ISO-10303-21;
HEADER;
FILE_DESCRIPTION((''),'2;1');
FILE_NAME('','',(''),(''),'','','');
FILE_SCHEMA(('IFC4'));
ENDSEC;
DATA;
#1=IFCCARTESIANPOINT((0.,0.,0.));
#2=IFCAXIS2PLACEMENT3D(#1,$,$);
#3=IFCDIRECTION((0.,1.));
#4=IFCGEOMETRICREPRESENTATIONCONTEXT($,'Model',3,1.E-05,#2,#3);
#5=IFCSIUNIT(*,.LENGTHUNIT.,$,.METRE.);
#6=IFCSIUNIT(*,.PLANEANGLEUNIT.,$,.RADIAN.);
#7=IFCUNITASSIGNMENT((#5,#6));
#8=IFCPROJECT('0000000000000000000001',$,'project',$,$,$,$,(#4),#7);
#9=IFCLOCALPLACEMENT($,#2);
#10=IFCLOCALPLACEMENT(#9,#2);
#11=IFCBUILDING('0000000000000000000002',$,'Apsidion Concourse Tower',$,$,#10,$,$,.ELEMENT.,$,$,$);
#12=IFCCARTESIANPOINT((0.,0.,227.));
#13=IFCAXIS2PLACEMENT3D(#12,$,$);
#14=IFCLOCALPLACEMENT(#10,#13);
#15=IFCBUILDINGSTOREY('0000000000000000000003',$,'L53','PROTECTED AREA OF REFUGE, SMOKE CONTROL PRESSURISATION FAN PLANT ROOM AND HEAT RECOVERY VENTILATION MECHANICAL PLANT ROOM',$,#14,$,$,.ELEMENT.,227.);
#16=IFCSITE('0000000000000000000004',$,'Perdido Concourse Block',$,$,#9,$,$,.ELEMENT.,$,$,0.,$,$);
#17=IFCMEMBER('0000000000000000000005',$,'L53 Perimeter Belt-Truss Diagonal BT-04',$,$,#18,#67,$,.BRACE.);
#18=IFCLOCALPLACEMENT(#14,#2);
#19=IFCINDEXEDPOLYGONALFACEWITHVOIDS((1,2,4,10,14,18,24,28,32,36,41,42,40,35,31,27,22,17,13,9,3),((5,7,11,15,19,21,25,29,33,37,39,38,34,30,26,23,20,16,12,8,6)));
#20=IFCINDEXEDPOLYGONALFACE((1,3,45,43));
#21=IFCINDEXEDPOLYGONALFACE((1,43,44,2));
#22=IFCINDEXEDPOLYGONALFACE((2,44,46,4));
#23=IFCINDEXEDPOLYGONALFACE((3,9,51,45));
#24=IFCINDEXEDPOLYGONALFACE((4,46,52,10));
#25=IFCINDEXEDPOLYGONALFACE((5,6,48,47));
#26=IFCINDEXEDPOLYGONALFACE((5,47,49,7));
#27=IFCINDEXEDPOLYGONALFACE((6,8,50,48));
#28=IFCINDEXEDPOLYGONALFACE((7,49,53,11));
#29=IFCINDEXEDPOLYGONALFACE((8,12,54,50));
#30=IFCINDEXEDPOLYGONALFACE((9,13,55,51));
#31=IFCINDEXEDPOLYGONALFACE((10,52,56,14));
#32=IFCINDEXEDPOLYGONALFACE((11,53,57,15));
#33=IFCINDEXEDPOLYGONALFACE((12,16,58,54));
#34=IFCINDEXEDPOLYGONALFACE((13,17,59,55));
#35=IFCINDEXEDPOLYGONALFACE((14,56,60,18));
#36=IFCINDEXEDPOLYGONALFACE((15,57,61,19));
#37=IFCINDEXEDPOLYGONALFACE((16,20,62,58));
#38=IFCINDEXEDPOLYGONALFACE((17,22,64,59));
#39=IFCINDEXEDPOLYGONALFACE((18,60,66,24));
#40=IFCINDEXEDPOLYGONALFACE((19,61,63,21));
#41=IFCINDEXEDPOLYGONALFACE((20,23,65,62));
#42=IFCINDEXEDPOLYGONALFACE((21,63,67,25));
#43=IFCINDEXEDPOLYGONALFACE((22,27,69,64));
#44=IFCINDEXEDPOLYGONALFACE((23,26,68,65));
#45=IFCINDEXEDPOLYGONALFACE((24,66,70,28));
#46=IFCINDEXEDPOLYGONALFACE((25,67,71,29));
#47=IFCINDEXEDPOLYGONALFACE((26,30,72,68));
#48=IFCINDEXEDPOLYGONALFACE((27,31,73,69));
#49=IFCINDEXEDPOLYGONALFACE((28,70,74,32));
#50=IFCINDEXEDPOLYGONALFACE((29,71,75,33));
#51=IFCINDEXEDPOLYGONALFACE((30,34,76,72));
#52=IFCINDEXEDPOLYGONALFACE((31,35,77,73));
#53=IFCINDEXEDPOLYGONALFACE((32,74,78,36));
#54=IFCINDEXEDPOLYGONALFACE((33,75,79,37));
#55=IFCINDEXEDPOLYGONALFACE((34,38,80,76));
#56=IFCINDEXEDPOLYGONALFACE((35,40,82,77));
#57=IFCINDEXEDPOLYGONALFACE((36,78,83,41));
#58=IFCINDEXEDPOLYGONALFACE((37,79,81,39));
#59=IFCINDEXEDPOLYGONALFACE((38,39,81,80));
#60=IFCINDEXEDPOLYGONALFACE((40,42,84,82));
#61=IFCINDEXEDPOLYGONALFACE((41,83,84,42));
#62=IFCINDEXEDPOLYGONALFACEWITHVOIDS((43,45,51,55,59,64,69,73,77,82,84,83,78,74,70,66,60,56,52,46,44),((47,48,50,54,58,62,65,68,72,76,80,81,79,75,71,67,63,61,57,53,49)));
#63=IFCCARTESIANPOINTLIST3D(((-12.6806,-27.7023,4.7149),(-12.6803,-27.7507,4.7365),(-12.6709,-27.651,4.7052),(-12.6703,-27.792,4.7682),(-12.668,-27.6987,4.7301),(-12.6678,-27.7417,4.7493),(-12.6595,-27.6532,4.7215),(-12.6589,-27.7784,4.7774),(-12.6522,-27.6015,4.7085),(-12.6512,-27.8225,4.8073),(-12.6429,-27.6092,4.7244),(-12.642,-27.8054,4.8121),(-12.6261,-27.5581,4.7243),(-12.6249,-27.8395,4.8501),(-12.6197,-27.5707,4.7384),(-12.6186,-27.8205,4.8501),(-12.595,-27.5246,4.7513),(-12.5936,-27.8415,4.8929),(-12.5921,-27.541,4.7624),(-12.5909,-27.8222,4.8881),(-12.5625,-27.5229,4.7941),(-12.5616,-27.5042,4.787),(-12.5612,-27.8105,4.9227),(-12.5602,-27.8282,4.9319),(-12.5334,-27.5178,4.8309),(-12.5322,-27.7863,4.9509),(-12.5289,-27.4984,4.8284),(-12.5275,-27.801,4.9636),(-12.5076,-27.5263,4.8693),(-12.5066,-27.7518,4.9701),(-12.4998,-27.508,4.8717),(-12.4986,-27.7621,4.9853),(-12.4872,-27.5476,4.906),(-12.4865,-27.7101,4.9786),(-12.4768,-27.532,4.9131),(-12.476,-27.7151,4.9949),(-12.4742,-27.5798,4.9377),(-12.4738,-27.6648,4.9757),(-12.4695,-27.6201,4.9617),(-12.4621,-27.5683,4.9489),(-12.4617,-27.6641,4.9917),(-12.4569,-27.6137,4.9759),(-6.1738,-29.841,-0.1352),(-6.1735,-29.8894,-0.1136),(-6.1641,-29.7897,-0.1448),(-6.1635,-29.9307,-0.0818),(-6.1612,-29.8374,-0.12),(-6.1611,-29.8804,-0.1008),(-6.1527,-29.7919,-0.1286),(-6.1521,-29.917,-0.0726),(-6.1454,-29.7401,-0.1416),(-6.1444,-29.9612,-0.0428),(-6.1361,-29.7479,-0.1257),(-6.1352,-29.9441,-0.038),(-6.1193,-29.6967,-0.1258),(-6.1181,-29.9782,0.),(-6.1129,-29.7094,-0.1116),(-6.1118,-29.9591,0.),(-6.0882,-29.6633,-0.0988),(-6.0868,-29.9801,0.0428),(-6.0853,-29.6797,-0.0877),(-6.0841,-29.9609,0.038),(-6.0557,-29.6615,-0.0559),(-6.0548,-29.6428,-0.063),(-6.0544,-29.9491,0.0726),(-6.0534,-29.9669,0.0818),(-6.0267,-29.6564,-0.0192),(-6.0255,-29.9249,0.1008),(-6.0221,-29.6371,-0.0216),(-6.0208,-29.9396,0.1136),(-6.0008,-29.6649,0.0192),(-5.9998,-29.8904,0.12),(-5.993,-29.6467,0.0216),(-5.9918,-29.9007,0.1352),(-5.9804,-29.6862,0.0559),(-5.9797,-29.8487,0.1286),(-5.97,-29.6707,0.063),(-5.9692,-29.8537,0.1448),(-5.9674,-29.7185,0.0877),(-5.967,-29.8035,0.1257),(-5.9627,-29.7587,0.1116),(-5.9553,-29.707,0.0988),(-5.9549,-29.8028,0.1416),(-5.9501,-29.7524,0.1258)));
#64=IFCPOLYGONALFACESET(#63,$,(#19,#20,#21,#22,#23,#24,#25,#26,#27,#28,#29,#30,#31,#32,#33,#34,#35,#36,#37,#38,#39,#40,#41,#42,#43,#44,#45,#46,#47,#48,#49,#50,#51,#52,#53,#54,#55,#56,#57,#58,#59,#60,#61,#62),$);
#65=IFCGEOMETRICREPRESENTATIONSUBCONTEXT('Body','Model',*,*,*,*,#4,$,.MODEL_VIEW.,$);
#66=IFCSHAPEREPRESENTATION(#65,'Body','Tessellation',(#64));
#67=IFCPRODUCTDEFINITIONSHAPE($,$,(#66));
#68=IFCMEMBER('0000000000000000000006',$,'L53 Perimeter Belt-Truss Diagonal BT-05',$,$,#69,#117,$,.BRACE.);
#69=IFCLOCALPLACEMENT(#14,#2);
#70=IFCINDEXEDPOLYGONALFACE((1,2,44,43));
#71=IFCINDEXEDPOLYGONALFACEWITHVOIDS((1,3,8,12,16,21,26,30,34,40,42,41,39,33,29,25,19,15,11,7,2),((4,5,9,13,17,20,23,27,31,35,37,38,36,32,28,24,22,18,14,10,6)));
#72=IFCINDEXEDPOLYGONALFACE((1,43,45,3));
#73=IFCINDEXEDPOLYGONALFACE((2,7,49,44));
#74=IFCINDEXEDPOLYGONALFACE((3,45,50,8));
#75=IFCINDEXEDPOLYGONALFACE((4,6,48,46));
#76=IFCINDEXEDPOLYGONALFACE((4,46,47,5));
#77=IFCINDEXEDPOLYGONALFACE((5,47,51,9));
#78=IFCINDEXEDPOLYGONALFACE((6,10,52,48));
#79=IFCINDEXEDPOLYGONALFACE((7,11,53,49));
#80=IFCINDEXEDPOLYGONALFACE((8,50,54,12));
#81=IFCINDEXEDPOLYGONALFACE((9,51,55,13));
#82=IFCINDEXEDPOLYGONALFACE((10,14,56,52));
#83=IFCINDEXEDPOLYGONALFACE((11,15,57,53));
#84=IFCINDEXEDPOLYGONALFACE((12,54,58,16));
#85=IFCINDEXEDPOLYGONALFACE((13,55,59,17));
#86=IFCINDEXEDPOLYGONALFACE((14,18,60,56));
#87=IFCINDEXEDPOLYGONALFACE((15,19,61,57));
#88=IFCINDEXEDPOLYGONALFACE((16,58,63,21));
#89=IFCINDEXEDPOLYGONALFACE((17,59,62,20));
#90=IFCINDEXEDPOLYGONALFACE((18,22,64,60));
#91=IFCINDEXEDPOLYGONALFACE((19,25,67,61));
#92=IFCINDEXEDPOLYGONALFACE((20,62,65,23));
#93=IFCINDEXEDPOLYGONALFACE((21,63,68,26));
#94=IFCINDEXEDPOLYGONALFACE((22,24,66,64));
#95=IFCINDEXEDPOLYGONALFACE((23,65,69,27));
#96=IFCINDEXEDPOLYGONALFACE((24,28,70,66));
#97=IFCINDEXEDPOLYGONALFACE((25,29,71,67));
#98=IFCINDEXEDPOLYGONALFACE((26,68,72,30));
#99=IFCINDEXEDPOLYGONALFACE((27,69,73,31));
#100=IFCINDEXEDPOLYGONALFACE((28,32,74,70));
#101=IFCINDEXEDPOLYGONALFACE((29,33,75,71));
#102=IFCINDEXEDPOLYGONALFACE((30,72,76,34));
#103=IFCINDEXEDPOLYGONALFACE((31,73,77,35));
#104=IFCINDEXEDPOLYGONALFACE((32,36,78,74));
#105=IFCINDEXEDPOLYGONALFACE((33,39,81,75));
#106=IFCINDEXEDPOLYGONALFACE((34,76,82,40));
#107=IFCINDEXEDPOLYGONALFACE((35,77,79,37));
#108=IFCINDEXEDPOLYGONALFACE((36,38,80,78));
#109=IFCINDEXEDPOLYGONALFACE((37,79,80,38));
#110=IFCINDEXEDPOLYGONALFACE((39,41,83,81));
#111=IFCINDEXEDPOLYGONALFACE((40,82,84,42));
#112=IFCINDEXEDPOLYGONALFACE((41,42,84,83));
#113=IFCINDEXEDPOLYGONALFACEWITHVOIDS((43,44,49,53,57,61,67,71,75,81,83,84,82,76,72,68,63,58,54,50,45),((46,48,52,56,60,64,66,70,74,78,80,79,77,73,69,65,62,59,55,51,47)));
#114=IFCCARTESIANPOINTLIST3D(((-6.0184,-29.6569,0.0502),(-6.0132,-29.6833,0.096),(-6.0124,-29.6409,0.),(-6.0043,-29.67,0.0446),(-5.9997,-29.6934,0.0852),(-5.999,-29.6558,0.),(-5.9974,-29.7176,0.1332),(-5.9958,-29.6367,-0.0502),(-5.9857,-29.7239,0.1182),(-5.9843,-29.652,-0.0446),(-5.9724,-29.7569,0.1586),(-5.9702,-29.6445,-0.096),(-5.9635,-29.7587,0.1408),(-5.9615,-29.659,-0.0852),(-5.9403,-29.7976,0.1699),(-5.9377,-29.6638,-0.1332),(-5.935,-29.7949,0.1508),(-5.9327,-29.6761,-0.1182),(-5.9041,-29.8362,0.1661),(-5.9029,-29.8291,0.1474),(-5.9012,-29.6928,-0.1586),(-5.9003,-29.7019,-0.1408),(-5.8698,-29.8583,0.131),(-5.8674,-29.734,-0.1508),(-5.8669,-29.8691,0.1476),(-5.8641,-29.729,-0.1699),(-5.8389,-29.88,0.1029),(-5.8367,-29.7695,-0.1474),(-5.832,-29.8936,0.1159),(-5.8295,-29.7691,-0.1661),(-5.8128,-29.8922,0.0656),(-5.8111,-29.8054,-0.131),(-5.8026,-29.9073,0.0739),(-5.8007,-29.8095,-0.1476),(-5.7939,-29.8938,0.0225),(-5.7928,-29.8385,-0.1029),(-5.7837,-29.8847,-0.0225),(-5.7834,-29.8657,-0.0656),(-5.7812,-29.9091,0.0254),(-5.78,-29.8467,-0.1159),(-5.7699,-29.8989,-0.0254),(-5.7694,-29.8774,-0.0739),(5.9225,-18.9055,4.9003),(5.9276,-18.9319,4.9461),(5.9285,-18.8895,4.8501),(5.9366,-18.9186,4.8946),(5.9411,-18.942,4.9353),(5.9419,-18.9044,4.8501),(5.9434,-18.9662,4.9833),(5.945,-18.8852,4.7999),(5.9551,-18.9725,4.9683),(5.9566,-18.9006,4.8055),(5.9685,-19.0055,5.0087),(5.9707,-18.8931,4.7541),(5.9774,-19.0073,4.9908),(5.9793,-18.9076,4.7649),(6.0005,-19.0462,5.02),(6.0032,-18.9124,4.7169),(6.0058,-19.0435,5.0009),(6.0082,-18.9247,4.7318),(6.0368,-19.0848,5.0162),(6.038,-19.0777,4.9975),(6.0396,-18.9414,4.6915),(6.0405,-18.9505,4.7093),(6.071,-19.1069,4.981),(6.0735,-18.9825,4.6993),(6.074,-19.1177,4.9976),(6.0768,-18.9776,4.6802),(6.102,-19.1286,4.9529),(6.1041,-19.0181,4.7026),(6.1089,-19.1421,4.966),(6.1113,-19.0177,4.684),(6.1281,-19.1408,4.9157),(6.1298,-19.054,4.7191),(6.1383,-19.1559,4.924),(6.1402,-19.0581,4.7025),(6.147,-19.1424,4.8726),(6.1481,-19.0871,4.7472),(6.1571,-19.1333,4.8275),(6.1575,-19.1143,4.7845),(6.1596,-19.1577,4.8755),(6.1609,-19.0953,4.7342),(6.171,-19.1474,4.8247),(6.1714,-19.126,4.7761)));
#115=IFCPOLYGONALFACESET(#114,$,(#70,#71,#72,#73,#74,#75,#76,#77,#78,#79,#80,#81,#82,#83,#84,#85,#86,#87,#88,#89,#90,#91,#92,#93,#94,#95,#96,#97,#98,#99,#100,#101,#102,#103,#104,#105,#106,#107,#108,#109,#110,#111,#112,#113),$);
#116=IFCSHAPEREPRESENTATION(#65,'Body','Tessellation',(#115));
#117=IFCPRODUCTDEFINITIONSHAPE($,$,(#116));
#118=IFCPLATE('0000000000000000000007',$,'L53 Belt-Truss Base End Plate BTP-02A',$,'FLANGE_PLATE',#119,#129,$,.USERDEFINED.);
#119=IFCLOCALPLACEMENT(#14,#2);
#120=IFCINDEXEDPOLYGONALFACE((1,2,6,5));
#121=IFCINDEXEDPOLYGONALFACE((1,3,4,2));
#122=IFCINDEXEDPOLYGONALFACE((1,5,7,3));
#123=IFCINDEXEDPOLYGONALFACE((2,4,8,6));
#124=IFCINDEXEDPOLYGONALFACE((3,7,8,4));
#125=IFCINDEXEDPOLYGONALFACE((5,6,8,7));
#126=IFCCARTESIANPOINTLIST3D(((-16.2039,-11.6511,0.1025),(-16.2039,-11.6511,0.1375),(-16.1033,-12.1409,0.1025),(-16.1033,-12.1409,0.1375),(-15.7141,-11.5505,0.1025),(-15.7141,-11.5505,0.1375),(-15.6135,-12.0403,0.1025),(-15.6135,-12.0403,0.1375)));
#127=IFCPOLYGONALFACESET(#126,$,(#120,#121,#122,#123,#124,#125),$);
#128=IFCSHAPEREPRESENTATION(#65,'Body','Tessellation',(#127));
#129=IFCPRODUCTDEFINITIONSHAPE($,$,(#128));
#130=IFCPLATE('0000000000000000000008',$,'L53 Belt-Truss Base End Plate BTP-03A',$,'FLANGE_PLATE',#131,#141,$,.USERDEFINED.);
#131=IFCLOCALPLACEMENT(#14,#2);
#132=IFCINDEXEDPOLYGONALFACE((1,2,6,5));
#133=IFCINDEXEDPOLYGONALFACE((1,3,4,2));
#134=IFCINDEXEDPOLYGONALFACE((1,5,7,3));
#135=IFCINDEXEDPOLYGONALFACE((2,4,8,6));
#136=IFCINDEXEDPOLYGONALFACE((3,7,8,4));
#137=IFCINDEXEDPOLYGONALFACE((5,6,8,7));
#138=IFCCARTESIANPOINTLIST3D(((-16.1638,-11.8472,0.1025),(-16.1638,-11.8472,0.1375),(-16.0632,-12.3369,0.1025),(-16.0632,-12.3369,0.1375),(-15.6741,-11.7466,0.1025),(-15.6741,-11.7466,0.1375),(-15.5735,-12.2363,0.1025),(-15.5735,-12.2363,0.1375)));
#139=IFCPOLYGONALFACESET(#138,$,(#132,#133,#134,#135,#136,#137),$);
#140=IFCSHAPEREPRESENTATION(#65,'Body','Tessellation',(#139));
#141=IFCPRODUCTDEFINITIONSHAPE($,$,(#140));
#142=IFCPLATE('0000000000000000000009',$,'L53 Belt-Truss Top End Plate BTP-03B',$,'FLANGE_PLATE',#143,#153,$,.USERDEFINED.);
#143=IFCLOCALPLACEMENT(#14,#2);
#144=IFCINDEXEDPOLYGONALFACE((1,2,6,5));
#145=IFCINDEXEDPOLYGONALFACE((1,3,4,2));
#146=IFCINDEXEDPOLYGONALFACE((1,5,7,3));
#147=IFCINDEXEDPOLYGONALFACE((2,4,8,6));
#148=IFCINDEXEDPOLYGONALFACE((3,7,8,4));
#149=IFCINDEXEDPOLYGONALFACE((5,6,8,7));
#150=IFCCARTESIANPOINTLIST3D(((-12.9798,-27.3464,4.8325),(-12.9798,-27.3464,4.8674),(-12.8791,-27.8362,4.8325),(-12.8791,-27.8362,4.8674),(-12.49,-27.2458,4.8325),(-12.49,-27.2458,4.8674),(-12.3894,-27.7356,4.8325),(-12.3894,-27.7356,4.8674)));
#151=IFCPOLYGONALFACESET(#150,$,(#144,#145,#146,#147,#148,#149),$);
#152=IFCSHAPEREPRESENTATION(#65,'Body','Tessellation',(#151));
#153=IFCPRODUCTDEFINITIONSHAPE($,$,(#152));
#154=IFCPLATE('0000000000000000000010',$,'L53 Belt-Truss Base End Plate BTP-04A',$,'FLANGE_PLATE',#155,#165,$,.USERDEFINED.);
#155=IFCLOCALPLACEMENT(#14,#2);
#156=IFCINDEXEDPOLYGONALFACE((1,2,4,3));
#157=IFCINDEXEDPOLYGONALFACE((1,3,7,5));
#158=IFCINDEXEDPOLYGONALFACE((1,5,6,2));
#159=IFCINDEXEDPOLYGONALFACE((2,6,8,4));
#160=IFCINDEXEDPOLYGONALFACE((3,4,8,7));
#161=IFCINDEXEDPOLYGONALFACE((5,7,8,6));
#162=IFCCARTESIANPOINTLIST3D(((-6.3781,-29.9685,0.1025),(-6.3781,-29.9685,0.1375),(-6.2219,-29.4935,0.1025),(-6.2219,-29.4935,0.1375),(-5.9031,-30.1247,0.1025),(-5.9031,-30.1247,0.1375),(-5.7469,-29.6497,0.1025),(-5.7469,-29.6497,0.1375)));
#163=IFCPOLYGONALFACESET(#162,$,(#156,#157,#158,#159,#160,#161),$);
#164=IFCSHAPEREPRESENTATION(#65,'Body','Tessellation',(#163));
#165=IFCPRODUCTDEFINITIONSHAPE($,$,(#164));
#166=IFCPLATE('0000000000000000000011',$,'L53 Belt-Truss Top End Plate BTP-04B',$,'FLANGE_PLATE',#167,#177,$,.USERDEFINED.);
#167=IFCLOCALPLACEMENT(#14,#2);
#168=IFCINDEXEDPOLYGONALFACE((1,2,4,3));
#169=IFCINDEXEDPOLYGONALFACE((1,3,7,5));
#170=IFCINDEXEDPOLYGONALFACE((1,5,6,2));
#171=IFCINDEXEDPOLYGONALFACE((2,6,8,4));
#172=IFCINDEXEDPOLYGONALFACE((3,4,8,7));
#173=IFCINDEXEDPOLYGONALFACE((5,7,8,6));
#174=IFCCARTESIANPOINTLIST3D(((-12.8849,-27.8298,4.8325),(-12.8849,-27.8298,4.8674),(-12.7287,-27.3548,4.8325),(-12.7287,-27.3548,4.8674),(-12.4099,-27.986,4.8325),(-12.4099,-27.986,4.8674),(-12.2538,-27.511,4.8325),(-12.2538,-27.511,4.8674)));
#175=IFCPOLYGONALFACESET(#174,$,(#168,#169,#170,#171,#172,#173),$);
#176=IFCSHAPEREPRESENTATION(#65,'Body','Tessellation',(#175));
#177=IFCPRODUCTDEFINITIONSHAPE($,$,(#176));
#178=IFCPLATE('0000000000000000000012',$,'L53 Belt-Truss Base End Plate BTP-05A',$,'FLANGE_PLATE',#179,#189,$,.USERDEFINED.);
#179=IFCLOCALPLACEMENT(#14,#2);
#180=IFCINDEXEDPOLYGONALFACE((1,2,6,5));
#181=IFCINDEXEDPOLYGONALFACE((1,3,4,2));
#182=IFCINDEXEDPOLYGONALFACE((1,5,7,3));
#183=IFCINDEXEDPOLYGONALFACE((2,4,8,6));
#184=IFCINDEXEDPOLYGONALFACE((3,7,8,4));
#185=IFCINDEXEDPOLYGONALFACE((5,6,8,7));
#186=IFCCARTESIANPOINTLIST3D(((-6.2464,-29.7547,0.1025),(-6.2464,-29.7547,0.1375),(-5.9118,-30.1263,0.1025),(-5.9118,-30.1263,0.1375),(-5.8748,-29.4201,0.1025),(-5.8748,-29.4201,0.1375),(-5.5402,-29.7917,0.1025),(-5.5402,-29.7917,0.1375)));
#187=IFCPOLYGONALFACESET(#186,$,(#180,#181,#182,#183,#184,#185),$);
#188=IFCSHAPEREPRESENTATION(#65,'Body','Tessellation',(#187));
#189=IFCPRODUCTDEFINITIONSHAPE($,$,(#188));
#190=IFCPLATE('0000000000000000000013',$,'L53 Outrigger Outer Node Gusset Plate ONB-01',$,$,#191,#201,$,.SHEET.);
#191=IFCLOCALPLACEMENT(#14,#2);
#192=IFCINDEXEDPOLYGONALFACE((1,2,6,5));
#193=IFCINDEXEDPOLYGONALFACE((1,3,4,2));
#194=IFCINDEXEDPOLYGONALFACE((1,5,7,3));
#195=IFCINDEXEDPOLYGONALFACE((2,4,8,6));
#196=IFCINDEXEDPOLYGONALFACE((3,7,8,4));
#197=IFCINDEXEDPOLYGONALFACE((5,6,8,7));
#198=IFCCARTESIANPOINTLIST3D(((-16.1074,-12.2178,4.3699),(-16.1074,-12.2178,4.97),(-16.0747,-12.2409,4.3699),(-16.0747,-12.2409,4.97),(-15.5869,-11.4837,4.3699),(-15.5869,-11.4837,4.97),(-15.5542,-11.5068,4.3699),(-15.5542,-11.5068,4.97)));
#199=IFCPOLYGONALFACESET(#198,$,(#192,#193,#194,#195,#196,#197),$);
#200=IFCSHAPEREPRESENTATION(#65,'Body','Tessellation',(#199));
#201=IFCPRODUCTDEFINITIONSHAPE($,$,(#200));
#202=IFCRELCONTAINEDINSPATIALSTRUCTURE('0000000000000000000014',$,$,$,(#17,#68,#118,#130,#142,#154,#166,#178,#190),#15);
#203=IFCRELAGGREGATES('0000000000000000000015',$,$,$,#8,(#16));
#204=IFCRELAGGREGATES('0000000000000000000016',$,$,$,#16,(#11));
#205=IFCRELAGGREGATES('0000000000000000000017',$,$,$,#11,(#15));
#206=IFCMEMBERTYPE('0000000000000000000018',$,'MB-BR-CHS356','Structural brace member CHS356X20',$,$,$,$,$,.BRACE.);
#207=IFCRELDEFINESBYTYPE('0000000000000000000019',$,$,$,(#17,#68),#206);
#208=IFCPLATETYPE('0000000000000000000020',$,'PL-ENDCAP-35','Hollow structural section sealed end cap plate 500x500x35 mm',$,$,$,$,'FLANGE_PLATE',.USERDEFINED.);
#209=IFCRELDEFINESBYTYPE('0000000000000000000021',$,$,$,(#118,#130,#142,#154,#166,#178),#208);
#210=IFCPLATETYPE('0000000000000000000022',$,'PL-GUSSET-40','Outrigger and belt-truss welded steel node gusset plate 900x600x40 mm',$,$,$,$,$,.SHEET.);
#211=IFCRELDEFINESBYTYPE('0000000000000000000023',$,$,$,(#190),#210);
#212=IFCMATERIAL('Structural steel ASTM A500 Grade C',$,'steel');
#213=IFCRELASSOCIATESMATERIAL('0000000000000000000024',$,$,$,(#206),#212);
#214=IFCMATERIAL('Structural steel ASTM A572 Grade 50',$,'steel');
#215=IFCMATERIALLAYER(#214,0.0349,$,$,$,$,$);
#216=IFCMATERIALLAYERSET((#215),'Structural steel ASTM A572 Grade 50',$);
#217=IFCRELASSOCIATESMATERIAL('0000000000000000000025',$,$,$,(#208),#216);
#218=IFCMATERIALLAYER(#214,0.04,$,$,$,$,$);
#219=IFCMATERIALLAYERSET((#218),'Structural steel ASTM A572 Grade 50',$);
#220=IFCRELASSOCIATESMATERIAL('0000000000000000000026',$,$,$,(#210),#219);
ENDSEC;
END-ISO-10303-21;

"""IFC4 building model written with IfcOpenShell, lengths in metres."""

from ifc_helpers import new_model, si_unit, direction, frame, origin, origin_2d, place, context, subcontext, project, spatial, rectangle, hollow_circle, extrude, material, layer, layer_set, material_profile, profile_set, type_object, element, save


model = new_model("IFC4")

# Units and contexts
model_context = context("Model", 3, precision=1e-05, world=origin(), true_north=direction((0.0, 1.0)))
body_context = subcontext(model_context, "Body", "Model", "MODEL_VIEW")
ifc_project = project(units=[si_unit("LENGTHUNIT", "METRE"), si_unit("PLANEANGLEUNIT", "RADIAN")], contexts=[model_context])

# Site, building, storey
site_placement = place(None, origin())
site = spatial("IfcSite", under=ifc_project, at=site_placement, Name="Perdido Concourse Block", CompositionType="ELEMENT", RefElevation=0.0)
building_placement = place(site_placement, origin())
building = spatial("IfcBuilding", under=site, at=building_placement, Name="Apsidion Concourse Tower", CompositionType="ELEMENT")
storey_placement = place(building_placement, frame((0.0, 0.0, 227.0)))
storey = spatial("IfcBuildingStorey", under=building, at=storey_placement, Name="L53", Description="PROTECTED AREA OF REFUGE, SMOKE CONTROL PRESSURISATION FAN PLANT ROOM AND HEAT RECOVERY VENTILATION MECHANICAL PLANT ROOM", CompositionType="ELEMENT", Elevation=227.0)

# Members
ifc_material_1 = material(Name="Structural steel ASTM A500 Grade C", Category="steel")
ifc_material_profile_1 = material_profile(ifc_material_1, hollow_circle(Radius=0.178, WallThickness=0.02, at=origin_2d()), Name="CHS356X20")
ifc_profile_set_1 = profile_set([ifc_material_profile_1], Name="Structural steel ASTM A500 Grade C")
member_type = type_object("IfcMemberType", Name="MB-BR-CHS356", Description="Structural brace member CHS356X20", PredefinedType="BRACE", material=ifc_profile_set_1)
member_1_placement = place(storey_placement, frame((-6.0625, -29.8091, 0.0), z_axis=(-0.775303, 0.254827, 0.577899), x_axis=(-0.312247, -0.950001, 0.0)))
element("IfcMember", 1, at=member_1_placement, inside=storey, type_object=member_type, Name="L53 Perimeter Belt-Truss Diagonal BT-04", PredefinedType="BRACE", context=body_context, shape_type="SweptSolid", body=[
    extrude(hollow_circle(Radius=0.178, WallThickness=0.02, at=origin_2d()), origin(), (0.0, 0.0, 1.0), 8.3926),
])
member_2_placement = place(storey_placement, frame((-5.8933, -29.7732, 0.0), z_axis=(0.711446, 0.640578, 0.288971), x_axis=(-0.669124, 0.743151, 0.0)))
element("IfcMember", 2, at=member_2_placement, inside=storey, type_object=member_type, Name="L53 Perimeter Belt-Truss Diagonal BT-05", PredefinedType="BRACE", context=body_context, shape_type="SweptSolid", body=[
    extrude(hollow_circle(Radius=0.178, WallThickness=0.02, at=origin_2d()), origin(), (0.0, 0.0, 1.0), 16.7839),
])

# Plates
ifc_material_2 = material(Name="Structural steel ASTM A572 Grade 50", Category="steel")
ifc_layer_1 = layer(ifc_material_2, 0.0349)
ifc_layer_set_1 = layer_set([ifc_layer_1], Name="Structural steel ASTM A572 Grade 50")
plate_type_1 = type_object("IfcPlateType", Name="PL-ENDCAP-35", Description="Hollow structural section sealed end cap plate 500x500x35 mm", ElementType="FLANGE_PLATE", PredefinedType="USERDEFINED", material=ifc_layer_set_1)
for number, where, z_axis, x_axis, name in (
    (3, (-15.9087, -11.8457, 0.1025), (0.0, 0.0, 1.0), (-0.201249, 0.97954, 0.0), "L53 Belt-Truss Base End Plate BTP-02A"),
    (4, (-15.8687, -12.0417, 0.1025), (0.0, 0.0, 1.0), (-0.201249, 0.97954, 0.0), "L53 Belt-Truss Base End Plate BTP-03A"),
    (5, (-12.6846, -27.541, 4.8325), (0.0, 0.0, 1.0), (-0.201249, 0.97954, 0.0), "L53 Belt-Truss Top End Plate BTP-03B"),
    (6, (-6.0625, -29.8091, 0.1025), (0.0, 0.0, 1.0), (-0.949972, 0.312335, 0.0), "L53 Belt-Truss Base End Plate BTP-04A"),
    (7, (-12.5693, -27.6704, 4.8325), (0.0, 0.0, 1.0), (-0.949972, 0.312335, 0.0), "L53 Belt-Truss Top End Plate BTP-04B"),
    (8, (-5.8933, -29.7732, 0.1025), (0.0, 0.0, 1.0), (0.743145, 0.669131, 0.0), "L53 Belt-Truss Base End Plate BTP-05A"),
):
    element("IfcPlate", number, at=place(storey_placement, frame(where, z_axis=z_axis, x_axis=x_axis)), inside=storey, type_object=plate_type_1, Name=name, ObjectType="FLANGE_PLATE", PredefinedType="USERDEFINED", context=body_context, shape_type="SweptSolid", body=[
        extrude(rectangle(XDim=0.5, YDim=0.5, at=origin_2d()), origin(), (0.0, 0.0, 1.0), 0.0349),
    ])
ifc_layer_2 = layer(ifc_material_2, 0.04)
ifc_layer_set_2 = layer_set([ifc_layer_2], Name="Structural steel ASTM A572 Grade 50")
plate_type_2 = type_object("IfcPlateType", Name="PL-GUSSET-40", Description="Outrigger and belt-truss welded steel node gusset plate 900x600x40 mm", PredefinedType="SHEET", material=ifc_layer_set_2)
plate_placement = place(storey_placement, frame((-15.8308, -11.8623, 4.3699), z_axis=(0.0, 0.0, 1.0), x_axis=(0.578427, 0.815734, 0.0)))
element("IfcPlate", 9, at=plate_placement, inside=storey, type_object=plate_type_2, Name="L53 Outrigger Outer Node Gusset Plate ONB-01", PredefinedType="SHEET", context=body_context, shape_type="SweptSolid", body=[
    extrude(rectangle(XDim=0.8999, YDim=0.04, at=origin_2d()), origin(), (0.0, 0.0, 1.0), 0.6001),
])

save(model, "model.ifc")
